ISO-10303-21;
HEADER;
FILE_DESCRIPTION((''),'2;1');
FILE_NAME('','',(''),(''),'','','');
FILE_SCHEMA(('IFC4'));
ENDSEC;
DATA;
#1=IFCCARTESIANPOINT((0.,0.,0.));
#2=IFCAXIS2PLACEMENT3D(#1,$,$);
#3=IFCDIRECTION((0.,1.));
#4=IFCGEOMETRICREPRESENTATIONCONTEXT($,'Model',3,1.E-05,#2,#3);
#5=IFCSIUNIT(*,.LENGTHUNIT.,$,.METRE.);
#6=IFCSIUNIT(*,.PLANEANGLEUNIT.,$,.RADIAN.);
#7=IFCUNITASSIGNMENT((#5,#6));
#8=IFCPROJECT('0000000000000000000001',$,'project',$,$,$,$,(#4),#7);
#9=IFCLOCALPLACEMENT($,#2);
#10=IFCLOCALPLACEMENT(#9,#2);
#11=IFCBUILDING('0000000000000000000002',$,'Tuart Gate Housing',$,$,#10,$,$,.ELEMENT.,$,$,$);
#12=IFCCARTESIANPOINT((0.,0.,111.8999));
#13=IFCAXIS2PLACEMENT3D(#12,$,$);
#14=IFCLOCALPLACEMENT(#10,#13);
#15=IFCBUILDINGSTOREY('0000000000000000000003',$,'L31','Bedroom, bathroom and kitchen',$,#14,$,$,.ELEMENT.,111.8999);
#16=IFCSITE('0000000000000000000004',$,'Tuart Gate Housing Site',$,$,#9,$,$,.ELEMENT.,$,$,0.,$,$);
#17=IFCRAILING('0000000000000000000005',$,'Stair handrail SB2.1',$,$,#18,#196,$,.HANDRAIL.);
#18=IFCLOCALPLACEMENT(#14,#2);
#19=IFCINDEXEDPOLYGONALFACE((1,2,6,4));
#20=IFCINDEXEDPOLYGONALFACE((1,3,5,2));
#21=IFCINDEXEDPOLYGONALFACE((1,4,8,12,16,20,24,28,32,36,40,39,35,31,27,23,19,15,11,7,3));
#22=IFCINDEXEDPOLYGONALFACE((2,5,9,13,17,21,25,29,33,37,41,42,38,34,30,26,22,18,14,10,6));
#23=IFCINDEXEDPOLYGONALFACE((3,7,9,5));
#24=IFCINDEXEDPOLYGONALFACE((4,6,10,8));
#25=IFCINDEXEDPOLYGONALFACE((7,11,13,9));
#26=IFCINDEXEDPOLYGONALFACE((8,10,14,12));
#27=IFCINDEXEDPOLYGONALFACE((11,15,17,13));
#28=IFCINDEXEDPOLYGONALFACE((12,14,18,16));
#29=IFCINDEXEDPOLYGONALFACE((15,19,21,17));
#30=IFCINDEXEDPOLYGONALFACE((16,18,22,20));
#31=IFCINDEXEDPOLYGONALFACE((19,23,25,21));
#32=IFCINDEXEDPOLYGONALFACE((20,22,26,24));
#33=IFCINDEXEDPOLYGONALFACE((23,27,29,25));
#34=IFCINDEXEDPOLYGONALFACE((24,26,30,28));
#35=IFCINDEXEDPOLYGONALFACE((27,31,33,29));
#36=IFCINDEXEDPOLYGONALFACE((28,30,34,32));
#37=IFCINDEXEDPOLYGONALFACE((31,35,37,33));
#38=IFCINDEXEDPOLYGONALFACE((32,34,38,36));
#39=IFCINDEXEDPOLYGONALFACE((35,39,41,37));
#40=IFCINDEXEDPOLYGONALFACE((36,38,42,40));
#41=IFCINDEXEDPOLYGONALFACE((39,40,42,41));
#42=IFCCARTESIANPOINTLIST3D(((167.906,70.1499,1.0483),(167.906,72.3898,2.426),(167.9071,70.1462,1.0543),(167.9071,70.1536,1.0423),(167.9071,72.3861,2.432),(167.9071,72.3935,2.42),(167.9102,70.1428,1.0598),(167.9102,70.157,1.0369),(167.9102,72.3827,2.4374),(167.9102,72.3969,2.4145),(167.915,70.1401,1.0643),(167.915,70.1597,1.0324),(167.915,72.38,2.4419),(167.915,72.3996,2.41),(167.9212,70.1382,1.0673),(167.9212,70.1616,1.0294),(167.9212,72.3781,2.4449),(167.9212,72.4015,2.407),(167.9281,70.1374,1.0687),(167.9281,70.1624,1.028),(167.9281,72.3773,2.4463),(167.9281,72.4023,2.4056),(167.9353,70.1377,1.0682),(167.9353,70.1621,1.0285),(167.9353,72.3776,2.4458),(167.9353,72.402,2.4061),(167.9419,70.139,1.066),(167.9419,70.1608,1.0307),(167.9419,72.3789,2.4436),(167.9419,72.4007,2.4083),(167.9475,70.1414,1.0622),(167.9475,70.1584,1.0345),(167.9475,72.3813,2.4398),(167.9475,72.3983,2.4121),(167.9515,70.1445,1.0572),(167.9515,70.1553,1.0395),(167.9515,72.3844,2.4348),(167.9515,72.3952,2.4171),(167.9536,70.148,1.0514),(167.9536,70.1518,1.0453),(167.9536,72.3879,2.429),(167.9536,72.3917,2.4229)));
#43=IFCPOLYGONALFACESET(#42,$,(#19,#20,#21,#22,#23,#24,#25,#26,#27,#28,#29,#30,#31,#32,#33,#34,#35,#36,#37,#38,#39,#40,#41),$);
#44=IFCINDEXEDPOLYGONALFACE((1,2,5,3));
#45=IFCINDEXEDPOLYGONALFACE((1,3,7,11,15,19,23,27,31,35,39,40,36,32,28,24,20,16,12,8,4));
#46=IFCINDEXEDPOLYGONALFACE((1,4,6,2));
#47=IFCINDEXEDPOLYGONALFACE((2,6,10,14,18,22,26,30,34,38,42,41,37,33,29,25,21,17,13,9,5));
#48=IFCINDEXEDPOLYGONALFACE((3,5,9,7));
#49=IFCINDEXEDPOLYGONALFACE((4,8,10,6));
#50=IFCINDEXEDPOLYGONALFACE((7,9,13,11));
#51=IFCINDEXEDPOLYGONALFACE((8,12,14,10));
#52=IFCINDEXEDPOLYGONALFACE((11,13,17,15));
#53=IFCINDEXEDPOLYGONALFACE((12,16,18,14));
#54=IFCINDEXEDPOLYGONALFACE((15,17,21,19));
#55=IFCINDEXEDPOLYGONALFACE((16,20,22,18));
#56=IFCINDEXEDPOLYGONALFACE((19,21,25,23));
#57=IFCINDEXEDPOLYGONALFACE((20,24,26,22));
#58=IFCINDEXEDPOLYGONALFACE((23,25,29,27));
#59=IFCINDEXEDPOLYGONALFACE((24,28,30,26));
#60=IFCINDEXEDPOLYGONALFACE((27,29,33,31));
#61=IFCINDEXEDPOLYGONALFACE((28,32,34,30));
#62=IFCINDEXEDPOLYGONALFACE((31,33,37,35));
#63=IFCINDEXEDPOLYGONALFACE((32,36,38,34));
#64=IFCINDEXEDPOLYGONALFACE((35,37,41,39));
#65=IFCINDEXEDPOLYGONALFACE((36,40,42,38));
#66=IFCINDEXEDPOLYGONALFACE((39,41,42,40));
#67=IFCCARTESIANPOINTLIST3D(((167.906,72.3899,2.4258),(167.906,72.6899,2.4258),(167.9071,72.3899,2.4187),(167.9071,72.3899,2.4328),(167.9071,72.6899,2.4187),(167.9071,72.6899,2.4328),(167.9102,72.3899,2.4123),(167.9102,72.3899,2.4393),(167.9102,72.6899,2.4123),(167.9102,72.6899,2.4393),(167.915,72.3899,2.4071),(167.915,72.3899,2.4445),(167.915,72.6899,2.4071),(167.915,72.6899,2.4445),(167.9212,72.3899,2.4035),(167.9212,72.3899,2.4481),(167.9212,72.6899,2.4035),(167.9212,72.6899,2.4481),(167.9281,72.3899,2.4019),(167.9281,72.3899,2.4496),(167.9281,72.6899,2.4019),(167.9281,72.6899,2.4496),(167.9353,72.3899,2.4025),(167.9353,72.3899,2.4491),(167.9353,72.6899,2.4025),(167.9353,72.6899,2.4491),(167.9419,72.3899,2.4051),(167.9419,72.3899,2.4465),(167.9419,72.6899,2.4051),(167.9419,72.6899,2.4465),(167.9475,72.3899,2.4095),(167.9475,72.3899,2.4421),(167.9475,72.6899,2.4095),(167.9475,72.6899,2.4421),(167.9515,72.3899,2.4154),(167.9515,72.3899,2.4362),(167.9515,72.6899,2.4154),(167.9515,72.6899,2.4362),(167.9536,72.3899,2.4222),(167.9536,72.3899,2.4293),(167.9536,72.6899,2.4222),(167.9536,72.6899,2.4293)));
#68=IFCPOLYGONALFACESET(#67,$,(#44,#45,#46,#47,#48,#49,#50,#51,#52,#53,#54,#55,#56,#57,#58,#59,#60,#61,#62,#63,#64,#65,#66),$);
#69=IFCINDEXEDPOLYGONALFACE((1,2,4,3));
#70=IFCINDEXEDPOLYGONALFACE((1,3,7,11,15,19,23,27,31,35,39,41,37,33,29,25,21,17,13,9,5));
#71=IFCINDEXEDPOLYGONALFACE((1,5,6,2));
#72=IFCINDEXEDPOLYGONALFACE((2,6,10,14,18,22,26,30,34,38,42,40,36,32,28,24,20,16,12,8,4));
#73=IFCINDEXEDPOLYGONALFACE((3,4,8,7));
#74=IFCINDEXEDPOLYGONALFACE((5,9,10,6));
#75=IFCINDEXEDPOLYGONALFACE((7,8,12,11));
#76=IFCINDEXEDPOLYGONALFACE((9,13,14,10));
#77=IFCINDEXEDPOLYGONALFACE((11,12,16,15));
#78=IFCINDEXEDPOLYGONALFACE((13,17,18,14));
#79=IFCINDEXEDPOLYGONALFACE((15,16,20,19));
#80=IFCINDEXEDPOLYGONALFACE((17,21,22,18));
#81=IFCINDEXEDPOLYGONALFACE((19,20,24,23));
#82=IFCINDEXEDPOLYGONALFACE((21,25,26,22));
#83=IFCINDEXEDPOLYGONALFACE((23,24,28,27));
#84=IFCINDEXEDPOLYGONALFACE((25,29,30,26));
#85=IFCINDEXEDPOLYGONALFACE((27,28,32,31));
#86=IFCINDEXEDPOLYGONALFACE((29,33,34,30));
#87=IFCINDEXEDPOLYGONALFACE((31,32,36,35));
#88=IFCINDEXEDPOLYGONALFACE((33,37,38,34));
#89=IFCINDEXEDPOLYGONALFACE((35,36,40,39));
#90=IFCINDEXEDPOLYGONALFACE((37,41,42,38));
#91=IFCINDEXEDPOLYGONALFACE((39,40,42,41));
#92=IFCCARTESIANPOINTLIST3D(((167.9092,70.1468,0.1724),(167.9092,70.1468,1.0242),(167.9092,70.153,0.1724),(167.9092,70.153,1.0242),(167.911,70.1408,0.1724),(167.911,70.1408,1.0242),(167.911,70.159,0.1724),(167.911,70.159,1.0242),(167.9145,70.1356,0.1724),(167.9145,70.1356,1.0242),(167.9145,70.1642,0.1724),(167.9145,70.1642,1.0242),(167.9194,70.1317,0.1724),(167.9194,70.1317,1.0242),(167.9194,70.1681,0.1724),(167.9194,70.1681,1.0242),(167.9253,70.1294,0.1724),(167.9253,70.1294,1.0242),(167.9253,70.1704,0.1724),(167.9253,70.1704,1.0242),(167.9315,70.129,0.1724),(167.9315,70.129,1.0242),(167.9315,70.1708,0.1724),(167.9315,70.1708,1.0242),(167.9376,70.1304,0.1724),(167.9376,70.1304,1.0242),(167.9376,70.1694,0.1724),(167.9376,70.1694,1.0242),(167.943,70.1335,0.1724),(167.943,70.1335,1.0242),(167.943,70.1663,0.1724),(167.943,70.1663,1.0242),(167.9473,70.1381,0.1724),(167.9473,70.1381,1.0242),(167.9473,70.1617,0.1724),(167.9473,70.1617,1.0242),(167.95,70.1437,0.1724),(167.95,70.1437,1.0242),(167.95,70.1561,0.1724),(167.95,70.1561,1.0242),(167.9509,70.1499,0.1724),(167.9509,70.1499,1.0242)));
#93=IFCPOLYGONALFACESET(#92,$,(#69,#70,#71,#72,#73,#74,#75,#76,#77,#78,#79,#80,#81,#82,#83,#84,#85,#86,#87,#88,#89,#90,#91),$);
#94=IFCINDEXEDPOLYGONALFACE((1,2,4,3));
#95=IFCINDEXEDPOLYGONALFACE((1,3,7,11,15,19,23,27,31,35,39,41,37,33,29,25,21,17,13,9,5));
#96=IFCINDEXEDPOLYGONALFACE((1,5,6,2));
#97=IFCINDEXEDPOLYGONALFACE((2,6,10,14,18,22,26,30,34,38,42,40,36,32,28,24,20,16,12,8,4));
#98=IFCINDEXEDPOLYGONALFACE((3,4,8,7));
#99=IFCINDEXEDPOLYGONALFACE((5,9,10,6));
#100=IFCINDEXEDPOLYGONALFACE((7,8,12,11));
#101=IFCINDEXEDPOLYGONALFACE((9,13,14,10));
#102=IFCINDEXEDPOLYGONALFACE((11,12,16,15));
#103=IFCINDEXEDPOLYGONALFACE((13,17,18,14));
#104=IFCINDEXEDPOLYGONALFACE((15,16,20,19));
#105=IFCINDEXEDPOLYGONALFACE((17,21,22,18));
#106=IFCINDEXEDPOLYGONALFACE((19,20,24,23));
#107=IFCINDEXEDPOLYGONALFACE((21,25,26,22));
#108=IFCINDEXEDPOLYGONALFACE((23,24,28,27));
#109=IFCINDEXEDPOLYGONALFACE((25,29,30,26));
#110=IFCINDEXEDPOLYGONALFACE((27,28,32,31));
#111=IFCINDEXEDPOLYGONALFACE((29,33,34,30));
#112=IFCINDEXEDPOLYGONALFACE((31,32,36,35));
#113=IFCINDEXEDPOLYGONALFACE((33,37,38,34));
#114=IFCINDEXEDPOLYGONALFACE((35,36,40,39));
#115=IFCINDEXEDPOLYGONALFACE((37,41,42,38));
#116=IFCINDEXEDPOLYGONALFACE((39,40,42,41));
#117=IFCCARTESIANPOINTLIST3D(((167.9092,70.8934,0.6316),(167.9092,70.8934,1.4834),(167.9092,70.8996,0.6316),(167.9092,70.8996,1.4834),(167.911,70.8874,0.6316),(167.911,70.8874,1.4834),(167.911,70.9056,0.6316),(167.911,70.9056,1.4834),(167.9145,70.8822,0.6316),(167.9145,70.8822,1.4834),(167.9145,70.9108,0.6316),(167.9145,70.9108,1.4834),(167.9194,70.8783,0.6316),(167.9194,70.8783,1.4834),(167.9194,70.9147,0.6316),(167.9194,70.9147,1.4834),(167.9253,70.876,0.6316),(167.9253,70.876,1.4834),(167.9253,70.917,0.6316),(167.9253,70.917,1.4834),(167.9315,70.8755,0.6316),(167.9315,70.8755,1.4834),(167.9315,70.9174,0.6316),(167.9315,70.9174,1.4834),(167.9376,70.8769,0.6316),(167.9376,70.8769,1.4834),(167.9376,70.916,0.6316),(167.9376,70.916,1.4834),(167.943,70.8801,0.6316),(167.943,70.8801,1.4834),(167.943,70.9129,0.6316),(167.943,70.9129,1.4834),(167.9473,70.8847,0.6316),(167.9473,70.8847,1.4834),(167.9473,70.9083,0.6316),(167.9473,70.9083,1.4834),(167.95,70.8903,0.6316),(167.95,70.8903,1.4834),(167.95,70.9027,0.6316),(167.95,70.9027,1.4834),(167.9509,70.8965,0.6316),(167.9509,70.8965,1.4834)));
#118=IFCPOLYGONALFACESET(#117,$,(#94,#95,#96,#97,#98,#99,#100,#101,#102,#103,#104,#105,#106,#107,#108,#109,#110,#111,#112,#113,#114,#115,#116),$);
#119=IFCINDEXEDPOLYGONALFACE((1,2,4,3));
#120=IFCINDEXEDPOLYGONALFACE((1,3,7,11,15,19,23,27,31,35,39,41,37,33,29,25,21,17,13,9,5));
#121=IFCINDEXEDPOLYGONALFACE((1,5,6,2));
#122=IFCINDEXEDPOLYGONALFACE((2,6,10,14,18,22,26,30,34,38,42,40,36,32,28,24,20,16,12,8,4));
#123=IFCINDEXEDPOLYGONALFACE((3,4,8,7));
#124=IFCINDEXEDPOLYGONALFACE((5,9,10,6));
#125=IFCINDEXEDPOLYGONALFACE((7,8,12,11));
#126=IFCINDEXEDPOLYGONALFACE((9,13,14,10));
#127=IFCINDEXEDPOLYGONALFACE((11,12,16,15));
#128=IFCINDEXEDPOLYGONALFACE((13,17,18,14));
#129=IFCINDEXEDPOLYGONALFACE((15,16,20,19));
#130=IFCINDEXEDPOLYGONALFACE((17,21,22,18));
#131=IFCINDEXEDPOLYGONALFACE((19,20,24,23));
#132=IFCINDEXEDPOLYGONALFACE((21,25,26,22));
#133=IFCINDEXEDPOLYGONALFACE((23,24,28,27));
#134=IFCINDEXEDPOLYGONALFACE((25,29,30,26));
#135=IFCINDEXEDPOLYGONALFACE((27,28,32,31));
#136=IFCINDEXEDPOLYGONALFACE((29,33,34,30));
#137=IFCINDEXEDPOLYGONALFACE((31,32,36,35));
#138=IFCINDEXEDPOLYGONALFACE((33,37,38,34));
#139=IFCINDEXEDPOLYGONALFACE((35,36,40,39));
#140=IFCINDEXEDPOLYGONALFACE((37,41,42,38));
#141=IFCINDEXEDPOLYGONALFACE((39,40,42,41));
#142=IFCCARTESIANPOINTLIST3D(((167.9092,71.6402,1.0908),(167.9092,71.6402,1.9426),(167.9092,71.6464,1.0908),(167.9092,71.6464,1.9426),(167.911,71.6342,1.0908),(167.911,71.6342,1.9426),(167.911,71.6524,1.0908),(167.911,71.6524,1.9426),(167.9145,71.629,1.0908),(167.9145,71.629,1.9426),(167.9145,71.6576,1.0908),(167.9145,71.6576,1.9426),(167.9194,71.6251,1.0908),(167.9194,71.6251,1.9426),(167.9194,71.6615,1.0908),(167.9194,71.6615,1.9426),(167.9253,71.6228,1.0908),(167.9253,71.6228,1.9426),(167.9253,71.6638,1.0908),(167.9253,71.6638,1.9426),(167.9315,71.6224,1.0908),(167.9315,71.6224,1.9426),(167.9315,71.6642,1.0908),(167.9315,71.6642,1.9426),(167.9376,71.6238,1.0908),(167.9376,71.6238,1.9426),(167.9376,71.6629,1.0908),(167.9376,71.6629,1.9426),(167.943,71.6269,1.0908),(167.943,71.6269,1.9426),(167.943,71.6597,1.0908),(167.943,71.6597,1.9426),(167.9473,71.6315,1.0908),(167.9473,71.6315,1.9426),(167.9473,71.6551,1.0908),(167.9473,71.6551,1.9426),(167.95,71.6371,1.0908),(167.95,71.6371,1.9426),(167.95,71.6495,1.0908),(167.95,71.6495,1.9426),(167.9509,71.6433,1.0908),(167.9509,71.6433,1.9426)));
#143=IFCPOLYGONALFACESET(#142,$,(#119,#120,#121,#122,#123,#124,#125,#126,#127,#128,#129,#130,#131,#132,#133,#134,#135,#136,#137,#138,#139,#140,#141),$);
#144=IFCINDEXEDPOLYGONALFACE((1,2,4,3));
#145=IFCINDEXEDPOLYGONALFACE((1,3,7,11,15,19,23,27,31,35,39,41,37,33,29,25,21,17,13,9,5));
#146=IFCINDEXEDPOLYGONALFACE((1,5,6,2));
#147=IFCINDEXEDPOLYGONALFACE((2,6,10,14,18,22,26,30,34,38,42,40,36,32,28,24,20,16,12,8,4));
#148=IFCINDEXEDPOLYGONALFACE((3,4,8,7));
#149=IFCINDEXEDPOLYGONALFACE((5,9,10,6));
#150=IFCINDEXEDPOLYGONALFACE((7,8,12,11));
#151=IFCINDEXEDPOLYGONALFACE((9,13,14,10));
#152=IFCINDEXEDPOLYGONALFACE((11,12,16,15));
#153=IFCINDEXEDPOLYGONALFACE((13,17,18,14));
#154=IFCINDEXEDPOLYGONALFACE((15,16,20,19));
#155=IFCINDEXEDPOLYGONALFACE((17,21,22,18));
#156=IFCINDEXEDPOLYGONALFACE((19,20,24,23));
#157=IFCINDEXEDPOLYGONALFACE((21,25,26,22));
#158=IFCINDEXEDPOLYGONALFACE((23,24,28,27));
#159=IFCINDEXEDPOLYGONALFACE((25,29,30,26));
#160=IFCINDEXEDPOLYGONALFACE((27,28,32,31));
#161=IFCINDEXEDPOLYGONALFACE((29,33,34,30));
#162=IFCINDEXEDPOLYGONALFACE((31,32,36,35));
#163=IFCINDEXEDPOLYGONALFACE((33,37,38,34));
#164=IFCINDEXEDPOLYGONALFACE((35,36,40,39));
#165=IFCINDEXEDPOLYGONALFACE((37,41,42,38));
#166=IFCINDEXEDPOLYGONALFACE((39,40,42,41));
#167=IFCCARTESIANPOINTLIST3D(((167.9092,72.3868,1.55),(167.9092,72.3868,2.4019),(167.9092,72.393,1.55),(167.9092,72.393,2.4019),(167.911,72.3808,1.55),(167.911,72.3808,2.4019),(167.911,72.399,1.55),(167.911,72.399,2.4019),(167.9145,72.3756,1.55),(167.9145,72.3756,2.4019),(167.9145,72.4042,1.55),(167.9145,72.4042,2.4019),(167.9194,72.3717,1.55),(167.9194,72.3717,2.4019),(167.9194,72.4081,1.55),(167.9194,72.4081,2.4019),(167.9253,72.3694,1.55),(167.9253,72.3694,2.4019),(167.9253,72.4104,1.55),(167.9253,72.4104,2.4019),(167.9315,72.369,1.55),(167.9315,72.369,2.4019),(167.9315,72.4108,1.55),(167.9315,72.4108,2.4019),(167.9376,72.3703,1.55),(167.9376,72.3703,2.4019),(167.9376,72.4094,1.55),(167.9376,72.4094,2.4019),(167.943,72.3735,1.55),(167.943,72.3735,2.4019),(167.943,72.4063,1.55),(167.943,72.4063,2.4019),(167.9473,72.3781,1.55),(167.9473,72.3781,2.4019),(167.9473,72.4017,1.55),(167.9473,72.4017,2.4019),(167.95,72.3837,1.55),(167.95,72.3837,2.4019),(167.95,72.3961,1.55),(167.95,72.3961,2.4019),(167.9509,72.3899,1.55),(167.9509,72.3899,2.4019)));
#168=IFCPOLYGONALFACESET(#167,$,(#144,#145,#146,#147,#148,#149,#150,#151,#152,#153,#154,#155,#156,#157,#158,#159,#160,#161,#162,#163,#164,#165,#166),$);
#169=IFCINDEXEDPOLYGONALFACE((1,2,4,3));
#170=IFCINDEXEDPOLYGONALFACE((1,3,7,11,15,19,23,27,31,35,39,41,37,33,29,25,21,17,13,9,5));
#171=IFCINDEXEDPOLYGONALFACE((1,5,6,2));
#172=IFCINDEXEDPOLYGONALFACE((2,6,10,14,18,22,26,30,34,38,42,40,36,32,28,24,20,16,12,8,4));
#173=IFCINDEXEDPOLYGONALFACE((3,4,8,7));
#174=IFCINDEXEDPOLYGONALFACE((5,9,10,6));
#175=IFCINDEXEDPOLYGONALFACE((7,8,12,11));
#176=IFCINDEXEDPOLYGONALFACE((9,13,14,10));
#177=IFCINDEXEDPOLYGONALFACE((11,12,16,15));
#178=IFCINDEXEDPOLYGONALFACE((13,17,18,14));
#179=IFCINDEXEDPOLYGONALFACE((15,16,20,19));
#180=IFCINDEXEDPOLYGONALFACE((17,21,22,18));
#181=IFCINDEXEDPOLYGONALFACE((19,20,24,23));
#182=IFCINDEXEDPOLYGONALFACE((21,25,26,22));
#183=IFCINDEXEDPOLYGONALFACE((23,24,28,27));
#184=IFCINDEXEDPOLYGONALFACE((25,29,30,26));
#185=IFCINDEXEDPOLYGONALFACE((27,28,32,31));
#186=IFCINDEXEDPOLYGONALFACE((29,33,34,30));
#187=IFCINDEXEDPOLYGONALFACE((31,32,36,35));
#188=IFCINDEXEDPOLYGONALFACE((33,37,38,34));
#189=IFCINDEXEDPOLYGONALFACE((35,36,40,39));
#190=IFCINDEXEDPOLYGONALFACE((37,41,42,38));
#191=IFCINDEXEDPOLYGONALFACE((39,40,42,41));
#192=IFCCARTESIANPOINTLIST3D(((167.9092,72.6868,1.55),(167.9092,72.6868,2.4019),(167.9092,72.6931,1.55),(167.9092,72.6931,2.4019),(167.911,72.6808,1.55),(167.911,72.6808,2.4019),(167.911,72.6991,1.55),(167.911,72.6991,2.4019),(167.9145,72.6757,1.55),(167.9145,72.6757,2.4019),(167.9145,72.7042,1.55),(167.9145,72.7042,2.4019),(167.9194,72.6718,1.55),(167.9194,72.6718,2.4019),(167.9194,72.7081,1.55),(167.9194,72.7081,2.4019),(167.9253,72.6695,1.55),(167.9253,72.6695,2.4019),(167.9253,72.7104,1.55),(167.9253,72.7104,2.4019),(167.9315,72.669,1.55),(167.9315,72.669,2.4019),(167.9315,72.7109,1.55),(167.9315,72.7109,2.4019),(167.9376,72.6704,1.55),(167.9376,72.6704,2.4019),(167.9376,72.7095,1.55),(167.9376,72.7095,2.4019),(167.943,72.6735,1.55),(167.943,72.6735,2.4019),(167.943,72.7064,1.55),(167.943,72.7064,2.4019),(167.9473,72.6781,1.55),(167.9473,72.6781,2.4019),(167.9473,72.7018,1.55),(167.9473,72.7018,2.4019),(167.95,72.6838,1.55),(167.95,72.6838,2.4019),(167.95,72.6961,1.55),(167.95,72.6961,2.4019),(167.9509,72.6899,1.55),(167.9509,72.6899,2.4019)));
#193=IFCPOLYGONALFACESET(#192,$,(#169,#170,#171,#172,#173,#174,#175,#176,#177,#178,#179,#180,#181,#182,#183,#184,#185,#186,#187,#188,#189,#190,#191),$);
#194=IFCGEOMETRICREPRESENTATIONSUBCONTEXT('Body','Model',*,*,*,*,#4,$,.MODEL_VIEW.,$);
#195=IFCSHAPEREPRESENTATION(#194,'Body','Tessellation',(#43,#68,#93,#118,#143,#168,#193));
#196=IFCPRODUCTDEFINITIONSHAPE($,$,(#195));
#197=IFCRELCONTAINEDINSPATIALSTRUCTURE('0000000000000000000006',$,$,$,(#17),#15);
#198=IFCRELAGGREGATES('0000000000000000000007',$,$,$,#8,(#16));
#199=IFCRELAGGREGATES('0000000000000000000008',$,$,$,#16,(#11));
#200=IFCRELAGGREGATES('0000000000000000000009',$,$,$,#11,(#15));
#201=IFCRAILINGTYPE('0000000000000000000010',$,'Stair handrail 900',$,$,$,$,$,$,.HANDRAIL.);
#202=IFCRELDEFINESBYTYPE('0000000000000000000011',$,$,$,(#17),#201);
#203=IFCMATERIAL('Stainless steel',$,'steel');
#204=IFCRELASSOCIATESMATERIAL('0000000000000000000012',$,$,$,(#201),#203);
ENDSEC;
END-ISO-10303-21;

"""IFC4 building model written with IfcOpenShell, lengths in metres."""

from ifc_helpers import new_model, si_unit, direction, frame, origin, origin_2d, place, context, subcontext, project, spatial, circle, extrude, material, type_object, element, save


model = new_model("IFC4")

# Units and contexts
model_context = context("Model", 3, precision=1e-05, world=origin(), true_north=direction((0.0, 1.0)))
body_context = subcontext(model_context, "Body", "Model", "MODEL_VIEW")
ifc_project = project(units=[si_unit("LENGTHUNIT", "METRE"), si_unit("PLANEANGLEUNIT", "RADIAN")], contexts=[model_context])

# Site, building, storey
site_placement = place(None, origin())
site = spatial("IfcSite", under=ifc_project, at=site_placement, Name="Tuart Gate Housing Site", CompositionType="ELEMENT", RefElevation=0.0)
building_placement = place(site_placement, origin())
building = spatial("IfcBuilding", under=site, at=building_placement, Name="Tuart Gate Housing", CompositionType="ELEMENT")
storey_placement = place(building_placement, frame((0.0, 0.0, 111.8999)))
storey = spatial("IfcBuildingStorey", under=building, at=storey_placement, Name="L31", Description="Bedroom, bathroom and kitchen", CompositionType="ELEMENT", Elevation=111.8999)

# Railing
ifc_material_1 = material(Name="Stainless steel", Category="steel")
railing_type = type_object("IfcRailingType", Name="Stair handrail 900", PredefinedType="HANDRAIL", material=ifc_material_1)
railing_placement = place(storey_placement, frame((167.9299, 70.1499, 0.1724)))
element("IfcRailing", 1, at=railing_placement, inside=storey, type_object=railing_type, Name="Stair handrail SB2.1", PredefinedType="HANDRAIL", context=body_context, shape_type="SweptSolid", body=[
    extrude(circle(Radius=0.0239, at=origin_2d()), frame((0.0, 0.0, 0.876), z_axis=(0.0, 0.851789, 0.523885), x_axis=(-1.0, 0.0, 0.0)), (0.0, 0.0, 1.0), 2.6296),
    extrude(circle(Radius=0.0239, at=origin_2d()), frame((0.0, 2.24, 2.2534), z_axis=(0.0, 1.0, 0.0), x_axis=(-1.0, 0.0, 0.0)), (0.0, 0.0, 1.0), 0.3),
    extrude(circle(Radius=0.021, at=origin_2d()), origin(), (0.0, 0.0, 1.0), 0.8518),
    extrude(circle(Radius=0.021, at=origin_2d()), frame((0.0, 0.7466, 0.4592)), (0.0, 0.0, 1.0), 0.8518),
    extrude(circle(Radius=0.021, at=origin_2d()), frame((0.0, 1.4934, 0.9185)), (0.0, 0.0, 1.0), 0.8518),
    extrude(circle(Radius=0.021, at=origin_2d()), frame((0.0, 2.24, 1.3777)), (0.0, 0.0, 1.0), 0.8518),
    extrude(circle(Radius=0.021, at=origin_2d()), frame((0.0, 2.54, 1.3777)), (0.0, 0.0, 1.0), 0.8518),
])

save(model, "model.ifc")
